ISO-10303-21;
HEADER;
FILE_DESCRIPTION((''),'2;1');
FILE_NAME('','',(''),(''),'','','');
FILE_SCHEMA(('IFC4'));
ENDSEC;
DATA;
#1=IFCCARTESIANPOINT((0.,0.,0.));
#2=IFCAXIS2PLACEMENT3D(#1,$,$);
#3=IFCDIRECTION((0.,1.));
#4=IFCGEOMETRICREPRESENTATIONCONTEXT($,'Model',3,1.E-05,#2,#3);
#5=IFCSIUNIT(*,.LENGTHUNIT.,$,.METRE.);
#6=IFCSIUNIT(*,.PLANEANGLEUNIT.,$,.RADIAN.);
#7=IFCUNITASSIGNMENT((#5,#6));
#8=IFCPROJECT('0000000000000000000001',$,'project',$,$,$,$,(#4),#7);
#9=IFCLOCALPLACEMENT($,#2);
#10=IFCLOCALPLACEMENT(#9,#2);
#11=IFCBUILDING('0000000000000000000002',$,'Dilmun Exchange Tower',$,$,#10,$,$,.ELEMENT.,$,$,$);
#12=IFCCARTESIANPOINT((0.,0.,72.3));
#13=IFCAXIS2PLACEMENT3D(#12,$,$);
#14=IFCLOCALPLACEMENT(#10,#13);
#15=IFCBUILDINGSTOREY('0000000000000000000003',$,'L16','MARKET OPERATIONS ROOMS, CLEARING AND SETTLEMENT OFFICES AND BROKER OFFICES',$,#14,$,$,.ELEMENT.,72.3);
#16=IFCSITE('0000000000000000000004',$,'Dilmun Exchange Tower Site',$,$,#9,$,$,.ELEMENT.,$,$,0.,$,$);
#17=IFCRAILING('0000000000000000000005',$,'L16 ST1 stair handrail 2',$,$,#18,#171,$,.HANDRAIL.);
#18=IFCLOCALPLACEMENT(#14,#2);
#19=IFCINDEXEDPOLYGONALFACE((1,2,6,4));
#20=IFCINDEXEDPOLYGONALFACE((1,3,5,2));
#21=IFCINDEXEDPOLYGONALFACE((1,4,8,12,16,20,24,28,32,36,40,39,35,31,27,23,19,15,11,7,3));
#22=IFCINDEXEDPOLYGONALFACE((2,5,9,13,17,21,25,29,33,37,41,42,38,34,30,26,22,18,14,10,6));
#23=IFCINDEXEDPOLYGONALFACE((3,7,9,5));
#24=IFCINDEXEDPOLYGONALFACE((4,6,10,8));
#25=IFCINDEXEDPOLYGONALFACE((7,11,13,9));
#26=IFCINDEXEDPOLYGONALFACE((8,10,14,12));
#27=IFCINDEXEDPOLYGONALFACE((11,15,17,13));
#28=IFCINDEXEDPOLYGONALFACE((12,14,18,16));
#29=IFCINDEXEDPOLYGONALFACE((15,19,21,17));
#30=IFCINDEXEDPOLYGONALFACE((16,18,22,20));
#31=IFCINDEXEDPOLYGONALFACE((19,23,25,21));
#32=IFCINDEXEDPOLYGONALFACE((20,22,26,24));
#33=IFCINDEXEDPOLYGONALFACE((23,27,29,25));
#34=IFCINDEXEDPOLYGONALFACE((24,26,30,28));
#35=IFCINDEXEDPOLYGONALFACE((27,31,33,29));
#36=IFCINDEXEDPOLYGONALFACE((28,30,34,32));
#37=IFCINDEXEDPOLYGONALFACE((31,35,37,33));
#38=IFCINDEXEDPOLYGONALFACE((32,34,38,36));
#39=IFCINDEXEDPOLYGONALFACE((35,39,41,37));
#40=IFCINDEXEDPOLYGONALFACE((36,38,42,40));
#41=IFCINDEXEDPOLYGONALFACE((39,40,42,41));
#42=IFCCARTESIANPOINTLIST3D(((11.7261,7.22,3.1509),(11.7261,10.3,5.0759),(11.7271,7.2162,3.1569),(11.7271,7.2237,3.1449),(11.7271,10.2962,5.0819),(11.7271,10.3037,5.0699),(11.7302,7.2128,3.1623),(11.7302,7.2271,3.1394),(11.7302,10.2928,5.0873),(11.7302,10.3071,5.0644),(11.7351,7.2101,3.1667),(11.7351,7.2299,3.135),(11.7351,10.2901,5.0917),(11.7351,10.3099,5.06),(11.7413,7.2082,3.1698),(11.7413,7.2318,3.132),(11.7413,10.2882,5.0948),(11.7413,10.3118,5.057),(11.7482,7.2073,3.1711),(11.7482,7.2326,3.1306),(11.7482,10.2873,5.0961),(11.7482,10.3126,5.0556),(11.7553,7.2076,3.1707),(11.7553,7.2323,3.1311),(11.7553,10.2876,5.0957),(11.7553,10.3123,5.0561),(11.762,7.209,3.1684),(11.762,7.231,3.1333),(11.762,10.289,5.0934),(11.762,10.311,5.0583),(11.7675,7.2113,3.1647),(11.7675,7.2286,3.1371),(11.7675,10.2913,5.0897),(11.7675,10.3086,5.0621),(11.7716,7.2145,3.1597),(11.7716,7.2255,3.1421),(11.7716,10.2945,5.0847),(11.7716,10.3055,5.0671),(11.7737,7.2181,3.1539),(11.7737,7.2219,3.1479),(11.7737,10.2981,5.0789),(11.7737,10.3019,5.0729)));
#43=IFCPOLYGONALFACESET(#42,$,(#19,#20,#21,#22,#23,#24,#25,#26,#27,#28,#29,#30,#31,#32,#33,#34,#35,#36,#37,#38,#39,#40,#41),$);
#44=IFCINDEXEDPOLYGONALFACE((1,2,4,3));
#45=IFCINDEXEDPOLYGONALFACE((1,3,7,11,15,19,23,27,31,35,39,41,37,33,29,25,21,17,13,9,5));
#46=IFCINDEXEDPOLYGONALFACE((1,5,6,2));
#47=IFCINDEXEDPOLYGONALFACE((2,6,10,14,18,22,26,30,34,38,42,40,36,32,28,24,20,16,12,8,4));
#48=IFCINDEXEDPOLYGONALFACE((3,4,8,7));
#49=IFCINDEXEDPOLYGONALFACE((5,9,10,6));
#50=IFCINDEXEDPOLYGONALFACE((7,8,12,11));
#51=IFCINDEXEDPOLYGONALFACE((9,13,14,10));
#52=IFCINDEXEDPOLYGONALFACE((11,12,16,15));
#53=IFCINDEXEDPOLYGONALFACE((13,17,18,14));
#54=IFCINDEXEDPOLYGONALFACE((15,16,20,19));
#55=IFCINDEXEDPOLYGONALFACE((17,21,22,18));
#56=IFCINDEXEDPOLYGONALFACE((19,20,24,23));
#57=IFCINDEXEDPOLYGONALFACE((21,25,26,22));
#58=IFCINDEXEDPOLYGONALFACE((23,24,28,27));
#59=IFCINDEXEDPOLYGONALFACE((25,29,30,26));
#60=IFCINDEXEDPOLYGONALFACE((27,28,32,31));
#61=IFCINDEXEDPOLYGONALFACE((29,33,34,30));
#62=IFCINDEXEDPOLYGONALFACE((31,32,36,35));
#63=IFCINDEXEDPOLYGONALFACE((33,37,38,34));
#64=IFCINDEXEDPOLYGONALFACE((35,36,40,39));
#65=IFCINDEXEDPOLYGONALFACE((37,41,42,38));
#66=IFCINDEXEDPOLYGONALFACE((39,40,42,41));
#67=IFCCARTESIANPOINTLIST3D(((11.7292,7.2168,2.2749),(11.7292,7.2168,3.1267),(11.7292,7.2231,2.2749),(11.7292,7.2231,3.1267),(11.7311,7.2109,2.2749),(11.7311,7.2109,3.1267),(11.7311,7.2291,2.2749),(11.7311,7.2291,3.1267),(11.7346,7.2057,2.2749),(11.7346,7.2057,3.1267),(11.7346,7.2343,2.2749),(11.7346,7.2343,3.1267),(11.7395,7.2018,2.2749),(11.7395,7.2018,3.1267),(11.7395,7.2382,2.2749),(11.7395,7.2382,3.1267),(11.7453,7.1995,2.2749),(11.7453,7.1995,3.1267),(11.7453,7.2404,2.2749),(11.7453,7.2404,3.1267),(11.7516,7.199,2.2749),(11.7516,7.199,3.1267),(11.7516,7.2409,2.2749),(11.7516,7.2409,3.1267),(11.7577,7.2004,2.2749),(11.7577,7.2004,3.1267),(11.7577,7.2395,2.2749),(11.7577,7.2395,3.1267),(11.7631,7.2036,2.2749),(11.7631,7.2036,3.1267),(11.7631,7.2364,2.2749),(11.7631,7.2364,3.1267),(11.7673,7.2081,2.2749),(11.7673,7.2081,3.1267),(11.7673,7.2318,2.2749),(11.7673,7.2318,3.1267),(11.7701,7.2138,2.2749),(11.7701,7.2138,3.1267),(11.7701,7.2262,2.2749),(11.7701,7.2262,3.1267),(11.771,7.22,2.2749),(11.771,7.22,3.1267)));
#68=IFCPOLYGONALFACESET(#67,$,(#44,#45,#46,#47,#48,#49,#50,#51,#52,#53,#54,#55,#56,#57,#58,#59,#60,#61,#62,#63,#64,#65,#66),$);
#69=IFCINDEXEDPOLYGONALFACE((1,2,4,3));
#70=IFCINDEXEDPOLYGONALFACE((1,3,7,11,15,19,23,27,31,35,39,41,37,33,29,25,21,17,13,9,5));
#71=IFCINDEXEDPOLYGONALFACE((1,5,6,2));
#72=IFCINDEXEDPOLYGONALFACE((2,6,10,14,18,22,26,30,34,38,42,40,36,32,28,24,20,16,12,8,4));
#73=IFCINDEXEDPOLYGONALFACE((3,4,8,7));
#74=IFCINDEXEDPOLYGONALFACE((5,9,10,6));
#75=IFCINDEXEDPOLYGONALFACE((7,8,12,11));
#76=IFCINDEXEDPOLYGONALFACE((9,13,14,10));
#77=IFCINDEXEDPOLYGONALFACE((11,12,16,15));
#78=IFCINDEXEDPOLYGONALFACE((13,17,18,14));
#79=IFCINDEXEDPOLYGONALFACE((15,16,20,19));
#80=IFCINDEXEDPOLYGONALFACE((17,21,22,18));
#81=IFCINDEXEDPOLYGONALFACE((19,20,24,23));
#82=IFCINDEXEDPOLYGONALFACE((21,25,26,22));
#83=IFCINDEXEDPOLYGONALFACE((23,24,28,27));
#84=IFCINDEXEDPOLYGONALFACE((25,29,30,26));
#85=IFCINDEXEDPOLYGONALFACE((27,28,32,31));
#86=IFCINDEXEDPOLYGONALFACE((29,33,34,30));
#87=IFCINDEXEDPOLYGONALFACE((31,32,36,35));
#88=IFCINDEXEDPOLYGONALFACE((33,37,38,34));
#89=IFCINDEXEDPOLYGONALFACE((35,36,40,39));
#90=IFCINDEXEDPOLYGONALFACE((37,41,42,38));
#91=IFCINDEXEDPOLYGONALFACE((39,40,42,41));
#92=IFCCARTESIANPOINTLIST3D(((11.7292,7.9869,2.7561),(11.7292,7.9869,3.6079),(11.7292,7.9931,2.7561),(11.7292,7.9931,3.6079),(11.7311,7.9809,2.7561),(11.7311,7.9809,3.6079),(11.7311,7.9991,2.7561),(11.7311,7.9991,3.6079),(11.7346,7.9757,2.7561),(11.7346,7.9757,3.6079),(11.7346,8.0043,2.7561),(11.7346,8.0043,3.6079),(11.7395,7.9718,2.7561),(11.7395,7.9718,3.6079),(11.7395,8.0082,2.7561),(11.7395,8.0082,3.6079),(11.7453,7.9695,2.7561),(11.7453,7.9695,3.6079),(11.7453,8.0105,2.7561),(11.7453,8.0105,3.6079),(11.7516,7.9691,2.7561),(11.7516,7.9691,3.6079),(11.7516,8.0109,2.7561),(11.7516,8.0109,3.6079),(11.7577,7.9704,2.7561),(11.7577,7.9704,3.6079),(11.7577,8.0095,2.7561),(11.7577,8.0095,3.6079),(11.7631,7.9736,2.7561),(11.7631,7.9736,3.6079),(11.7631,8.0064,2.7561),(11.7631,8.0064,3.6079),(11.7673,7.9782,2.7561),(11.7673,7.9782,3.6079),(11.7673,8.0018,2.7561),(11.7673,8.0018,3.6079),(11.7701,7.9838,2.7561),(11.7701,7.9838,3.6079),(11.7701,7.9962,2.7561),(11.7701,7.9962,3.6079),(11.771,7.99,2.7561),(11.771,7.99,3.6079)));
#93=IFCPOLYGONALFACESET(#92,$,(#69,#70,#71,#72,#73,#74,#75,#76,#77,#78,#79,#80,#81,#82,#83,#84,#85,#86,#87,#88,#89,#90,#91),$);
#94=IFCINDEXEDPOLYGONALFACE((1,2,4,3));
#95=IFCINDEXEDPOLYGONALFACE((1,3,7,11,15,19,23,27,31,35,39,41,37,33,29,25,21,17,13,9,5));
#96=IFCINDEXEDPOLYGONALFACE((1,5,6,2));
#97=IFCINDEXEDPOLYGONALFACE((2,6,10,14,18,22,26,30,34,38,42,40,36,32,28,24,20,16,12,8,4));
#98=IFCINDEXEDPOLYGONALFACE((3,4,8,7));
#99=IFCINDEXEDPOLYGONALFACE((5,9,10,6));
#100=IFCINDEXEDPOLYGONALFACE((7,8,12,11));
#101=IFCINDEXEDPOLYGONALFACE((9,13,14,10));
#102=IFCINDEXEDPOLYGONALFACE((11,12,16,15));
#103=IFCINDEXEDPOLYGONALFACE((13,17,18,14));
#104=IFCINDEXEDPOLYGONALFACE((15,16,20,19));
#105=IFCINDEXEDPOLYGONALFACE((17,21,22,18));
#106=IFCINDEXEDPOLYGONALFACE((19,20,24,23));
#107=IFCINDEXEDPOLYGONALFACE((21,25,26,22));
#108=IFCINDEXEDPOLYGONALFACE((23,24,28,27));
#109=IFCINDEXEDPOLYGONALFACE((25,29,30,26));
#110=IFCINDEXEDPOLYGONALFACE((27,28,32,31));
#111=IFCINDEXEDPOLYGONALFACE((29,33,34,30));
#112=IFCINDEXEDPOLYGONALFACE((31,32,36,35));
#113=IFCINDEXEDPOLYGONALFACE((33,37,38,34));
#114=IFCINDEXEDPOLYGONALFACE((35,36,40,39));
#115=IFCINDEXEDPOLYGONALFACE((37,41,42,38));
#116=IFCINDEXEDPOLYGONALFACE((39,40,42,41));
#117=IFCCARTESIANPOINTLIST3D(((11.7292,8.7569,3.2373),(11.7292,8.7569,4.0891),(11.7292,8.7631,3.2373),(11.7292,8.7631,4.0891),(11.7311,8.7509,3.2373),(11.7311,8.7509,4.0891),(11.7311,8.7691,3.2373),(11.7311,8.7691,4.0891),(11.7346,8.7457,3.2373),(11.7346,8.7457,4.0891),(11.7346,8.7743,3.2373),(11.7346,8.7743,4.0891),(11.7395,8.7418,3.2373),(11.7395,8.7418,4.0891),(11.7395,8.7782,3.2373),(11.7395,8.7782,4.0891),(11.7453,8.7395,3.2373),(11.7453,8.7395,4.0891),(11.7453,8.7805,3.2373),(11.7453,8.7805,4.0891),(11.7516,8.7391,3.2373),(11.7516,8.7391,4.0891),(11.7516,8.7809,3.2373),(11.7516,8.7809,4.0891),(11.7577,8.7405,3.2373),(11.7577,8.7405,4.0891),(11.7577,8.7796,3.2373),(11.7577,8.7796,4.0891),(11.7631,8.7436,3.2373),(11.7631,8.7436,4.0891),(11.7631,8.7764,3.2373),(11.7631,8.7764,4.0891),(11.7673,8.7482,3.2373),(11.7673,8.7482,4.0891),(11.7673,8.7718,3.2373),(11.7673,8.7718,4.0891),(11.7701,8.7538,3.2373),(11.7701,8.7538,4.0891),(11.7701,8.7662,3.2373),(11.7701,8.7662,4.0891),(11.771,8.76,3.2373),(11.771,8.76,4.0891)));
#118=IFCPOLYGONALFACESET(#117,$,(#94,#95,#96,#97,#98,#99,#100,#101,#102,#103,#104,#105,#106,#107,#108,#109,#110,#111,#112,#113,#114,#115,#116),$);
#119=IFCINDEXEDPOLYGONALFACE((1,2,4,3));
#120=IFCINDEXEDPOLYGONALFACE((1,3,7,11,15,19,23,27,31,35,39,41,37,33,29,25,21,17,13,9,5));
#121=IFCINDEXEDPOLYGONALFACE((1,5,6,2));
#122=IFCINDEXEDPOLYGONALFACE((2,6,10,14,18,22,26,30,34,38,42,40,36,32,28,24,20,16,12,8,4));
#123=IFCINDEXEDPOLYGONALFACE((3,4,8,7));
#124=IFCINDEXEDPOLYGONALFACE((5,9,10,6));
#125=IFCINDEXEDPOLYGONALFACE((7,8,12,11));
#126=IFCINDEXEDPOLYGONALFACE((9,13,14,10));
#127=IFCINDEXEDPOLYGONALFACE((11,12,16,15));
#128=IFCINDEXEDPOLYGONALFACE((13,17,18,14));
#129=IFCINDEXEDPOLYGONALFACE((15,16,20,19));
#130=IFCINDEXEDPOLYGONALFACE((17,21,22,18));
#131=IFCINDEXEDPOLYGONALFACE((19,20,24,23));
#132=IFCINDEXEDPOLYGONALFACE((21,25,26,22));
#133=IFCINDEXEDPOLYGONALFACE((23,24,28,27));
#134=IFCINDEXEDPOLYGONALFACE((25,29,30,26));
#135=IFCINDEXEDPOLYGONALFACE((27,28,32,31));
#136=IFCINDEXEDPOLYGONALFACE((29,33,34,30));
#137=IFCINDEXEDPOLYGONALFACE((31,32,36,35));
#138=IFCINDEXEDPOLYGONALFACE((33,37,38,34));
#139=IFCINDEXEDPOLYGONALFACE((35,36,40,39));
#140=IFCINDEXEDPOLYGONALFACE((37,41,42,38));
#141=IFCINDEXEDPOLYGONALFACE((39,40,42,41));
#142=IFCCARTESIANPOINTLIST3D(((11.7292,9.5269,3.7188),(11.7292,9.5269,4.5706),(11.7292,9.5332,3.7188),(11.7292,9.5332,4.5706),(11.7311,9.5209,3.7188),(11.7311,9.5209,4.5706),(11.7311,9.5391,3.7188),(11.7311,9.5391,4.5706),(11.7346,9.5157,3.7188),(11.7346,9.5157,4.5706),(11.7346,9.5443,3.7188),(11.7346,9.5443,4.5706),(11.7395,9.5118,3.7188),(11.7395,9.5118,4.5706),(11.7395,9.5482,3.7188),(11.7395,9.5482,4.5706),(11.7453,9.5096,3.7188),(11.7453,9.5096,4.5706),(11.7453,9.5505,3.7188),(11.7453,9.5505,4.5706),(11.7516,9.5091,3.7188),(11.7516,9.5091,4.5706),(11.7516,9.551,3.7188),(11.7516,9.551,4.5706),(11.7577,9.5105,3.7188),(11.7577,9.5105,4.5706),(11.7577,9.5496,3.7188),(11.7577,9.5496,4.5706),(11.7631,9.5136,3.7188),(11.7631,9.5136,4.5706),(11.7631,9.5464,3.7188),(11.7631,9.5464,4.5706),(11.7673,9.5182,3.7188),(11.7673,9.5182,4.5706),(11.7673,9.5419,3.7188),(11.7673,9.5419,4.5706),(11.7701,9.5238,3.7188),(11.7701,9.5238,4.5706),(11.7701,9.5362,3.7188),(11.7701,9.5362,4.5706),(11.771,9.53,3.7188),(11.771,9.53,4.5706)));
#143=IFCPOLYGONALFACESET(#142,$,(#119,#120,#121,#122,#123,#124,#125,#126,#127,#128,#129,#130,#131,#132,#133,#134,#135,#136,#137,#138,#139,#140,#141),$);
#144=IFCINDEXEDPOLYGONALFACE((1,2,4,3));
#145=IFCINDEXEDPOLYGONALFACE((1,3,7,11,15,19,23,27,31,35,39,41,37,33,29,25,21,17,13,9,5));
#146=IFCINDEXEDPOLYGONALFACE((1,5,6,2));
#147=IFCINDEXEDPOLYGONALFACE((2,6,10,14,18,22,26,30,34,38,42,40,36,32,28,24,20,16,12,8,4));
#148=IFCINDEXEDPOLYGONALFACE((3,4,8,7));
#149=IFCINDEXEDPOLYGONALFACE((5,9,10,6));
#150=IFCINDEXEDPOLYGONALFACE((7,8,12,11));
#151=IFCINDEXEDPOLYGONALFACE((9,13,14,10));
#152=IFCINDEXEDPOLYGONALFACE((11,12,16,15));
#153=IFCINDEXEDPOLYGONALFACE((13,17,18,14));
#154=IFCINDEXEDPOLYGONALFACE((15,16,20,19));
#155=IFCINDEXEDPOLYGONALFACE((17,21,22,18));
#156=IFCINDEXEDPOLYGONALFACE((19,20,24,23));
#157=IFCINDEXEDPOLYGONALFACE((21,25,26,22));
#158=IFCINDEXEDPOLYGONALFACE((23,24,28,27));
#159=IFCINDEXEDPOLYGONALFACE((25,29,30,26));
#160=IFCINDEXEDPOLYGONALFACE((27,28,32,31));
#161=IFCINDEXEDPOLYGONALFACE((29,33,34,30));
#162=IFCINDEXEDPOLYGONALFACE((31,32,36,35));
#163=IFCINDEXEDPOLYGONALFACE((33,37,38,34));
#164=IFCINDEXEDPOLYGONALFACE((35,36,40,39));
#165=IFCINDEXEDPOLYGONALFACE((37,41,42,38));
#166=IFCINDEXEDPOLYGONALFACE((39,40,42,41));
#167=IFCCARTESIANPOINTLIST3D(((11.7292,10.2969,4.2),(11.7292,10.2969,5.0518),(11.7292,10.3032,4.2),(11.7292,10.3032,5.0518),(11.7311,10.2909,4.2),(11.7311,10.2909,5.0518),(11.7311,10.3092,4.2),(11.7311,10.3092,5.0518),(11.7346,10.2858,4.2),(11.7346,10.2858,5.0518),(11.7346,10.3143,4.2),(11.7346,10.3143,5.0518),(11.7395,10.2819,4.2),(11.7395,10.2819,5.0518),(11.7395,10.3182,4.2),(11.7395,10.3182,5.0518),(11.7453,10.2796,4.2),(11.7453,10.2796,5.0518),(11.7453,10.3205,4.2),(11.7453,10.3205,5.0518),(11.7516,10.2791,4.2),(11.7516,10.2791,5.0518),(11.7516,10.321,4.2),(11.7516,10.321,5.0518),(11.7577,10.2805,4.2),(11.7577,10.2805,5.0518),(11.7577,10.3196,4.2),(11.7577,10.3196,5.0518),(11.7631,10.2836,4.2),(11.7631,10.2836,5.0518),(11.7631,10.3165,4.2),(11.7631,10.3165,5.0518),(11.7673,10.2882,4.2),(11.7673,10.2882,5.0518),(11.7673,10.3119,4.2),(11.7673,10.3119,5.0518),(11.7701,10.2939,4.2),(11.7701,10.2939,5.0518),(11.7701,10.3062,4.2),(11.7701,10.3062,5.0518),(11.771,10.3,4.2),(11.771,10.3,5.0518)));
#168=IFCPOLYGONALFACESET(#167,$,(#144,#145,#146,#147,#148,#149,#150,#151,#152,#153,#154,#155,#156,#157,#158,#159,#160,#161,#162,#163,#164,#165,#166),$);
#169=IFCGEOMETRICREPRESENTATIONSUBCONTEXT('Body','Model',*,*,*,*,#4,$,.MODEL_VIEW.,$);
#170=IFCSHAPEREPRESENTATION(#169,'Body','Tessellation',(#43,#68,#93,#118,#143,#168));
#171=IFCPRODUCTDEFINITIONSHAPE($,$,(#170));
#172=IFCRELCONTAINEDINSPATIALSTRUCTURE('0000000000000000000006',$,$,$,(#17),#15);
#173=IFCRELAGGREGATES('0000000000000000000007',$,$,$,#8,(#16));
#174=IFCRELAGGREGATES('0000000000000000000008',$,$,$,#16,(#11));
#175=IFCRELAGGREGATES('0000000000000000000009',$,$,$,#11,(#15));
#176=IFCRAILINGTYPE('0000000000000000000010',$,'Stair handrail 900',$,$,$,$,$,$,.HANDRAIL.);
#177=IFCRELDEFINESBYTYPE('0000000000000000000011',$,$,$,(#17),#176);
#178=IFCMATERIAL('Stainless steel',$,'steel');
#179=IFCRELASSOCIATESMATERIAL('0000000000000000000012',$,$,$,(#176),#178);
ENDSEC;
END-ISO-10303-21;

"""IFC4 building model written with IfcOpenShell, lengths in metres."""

from ifc_helpers import new_model, si_unit, direction, frame, origin, origin_2d, place, context, subcontext, project, spatial, circle, extrude, material, type_object, element, save


model = new_model("IFC4")

# Units and contexts
model_context = context("Model", 3, precision=1e-05, world=origin(), true_north=direction((0.0, 1.0)))
body_context = subcontext(model_context, "Body", "Model", "MODEL_VIEW")
ifc_project = project(units=[si_unit("LENGTHUNIT", "METRE"), si_unit("PLANEANGLEUNIT", "RADIAN")], contexts=[model_context])

# Site, building, storey
site_placement = place(None, origin())
site = spatial("IfcSite", under=ifc_project, at=site_placement, Name="Dilmun Exchange Tower Site", CompositionType="ELEMENT", RefElevation=0.0)
building_placement = place(site_placement, origin())
building = spatial("IfcBuilding", under=site, at=building_placement, Name="Dilmun Exchange Tower", CompositionType="ELEMENT")
storey_placement = place(building_placement, frame((0.0, 0.0, 72.3)))
storey = spatial("IfcBuildingStorey", under=building, at=storey_placement, Name="L16", Description="MARKET OPERATIONS ROOMS, CLEARING AND SETTLEMENT OFFICES AND BROKER OFFICES", CompositionType="ELEMENT", Elevation=72.3)

# Railing
ifc_material_1 = material(Name="Stainless steel", Category="steel")
railing_type = type_object("IfcRailingType", Name="Stair handrail 900", PredefinedType="HANDRAIL", material=ifc_material_1)
railing_1_placement = place(storey_placement, frame((11.75, 7.22, 2.2749)))
element("IfcRailing", 1, at=railing_1_placement, inside=storey, type_object=railing_type, Name="L16 ST1 stair handrail 2", PredefinedType="HANDRAIL", context=body_context, shape_type="SweptSolid", body=[
    extrude(circle(Radius=0.0239, at=origin_2d()), frame((0.0, 0.0, 0.876), z_axis=(0.0, 0.847998, 0.529999), x_axis=(-1.0, 0.0, 0.0)), (0.0, 0.0, 1.0), 3.6321),
    extrude(circle(Radius=0.021, at=origin_2d()), origin(), (0.0, 0.0, 1.0), 0.8518),
    extrude(circle(Radius=0.021, at=origin_2d()), frame((0.0, 0.77, 0.4812)), (0.0, 0.0, 1.0), 0.8518),
    extrude(circle(Radius=0.021, at=origin_2d()), frame((0.0, 1.54, 0.9624)), (0.0, 0.0, 1.0), 0.8518),
    extrude(circle(Radius=0.021, at=origin_2d()), frame((0.0, 2.3101, 1.4438)), (0.0, 0.0, 1.0), 0.8518),
    extrude(circle(Radius=0.021, at=origin_2d()), frame((0.0, 3.0801, 1.925)), (0.0, 0.0, 1.0), 0.8518),
])

save(model, "model.ifc")
